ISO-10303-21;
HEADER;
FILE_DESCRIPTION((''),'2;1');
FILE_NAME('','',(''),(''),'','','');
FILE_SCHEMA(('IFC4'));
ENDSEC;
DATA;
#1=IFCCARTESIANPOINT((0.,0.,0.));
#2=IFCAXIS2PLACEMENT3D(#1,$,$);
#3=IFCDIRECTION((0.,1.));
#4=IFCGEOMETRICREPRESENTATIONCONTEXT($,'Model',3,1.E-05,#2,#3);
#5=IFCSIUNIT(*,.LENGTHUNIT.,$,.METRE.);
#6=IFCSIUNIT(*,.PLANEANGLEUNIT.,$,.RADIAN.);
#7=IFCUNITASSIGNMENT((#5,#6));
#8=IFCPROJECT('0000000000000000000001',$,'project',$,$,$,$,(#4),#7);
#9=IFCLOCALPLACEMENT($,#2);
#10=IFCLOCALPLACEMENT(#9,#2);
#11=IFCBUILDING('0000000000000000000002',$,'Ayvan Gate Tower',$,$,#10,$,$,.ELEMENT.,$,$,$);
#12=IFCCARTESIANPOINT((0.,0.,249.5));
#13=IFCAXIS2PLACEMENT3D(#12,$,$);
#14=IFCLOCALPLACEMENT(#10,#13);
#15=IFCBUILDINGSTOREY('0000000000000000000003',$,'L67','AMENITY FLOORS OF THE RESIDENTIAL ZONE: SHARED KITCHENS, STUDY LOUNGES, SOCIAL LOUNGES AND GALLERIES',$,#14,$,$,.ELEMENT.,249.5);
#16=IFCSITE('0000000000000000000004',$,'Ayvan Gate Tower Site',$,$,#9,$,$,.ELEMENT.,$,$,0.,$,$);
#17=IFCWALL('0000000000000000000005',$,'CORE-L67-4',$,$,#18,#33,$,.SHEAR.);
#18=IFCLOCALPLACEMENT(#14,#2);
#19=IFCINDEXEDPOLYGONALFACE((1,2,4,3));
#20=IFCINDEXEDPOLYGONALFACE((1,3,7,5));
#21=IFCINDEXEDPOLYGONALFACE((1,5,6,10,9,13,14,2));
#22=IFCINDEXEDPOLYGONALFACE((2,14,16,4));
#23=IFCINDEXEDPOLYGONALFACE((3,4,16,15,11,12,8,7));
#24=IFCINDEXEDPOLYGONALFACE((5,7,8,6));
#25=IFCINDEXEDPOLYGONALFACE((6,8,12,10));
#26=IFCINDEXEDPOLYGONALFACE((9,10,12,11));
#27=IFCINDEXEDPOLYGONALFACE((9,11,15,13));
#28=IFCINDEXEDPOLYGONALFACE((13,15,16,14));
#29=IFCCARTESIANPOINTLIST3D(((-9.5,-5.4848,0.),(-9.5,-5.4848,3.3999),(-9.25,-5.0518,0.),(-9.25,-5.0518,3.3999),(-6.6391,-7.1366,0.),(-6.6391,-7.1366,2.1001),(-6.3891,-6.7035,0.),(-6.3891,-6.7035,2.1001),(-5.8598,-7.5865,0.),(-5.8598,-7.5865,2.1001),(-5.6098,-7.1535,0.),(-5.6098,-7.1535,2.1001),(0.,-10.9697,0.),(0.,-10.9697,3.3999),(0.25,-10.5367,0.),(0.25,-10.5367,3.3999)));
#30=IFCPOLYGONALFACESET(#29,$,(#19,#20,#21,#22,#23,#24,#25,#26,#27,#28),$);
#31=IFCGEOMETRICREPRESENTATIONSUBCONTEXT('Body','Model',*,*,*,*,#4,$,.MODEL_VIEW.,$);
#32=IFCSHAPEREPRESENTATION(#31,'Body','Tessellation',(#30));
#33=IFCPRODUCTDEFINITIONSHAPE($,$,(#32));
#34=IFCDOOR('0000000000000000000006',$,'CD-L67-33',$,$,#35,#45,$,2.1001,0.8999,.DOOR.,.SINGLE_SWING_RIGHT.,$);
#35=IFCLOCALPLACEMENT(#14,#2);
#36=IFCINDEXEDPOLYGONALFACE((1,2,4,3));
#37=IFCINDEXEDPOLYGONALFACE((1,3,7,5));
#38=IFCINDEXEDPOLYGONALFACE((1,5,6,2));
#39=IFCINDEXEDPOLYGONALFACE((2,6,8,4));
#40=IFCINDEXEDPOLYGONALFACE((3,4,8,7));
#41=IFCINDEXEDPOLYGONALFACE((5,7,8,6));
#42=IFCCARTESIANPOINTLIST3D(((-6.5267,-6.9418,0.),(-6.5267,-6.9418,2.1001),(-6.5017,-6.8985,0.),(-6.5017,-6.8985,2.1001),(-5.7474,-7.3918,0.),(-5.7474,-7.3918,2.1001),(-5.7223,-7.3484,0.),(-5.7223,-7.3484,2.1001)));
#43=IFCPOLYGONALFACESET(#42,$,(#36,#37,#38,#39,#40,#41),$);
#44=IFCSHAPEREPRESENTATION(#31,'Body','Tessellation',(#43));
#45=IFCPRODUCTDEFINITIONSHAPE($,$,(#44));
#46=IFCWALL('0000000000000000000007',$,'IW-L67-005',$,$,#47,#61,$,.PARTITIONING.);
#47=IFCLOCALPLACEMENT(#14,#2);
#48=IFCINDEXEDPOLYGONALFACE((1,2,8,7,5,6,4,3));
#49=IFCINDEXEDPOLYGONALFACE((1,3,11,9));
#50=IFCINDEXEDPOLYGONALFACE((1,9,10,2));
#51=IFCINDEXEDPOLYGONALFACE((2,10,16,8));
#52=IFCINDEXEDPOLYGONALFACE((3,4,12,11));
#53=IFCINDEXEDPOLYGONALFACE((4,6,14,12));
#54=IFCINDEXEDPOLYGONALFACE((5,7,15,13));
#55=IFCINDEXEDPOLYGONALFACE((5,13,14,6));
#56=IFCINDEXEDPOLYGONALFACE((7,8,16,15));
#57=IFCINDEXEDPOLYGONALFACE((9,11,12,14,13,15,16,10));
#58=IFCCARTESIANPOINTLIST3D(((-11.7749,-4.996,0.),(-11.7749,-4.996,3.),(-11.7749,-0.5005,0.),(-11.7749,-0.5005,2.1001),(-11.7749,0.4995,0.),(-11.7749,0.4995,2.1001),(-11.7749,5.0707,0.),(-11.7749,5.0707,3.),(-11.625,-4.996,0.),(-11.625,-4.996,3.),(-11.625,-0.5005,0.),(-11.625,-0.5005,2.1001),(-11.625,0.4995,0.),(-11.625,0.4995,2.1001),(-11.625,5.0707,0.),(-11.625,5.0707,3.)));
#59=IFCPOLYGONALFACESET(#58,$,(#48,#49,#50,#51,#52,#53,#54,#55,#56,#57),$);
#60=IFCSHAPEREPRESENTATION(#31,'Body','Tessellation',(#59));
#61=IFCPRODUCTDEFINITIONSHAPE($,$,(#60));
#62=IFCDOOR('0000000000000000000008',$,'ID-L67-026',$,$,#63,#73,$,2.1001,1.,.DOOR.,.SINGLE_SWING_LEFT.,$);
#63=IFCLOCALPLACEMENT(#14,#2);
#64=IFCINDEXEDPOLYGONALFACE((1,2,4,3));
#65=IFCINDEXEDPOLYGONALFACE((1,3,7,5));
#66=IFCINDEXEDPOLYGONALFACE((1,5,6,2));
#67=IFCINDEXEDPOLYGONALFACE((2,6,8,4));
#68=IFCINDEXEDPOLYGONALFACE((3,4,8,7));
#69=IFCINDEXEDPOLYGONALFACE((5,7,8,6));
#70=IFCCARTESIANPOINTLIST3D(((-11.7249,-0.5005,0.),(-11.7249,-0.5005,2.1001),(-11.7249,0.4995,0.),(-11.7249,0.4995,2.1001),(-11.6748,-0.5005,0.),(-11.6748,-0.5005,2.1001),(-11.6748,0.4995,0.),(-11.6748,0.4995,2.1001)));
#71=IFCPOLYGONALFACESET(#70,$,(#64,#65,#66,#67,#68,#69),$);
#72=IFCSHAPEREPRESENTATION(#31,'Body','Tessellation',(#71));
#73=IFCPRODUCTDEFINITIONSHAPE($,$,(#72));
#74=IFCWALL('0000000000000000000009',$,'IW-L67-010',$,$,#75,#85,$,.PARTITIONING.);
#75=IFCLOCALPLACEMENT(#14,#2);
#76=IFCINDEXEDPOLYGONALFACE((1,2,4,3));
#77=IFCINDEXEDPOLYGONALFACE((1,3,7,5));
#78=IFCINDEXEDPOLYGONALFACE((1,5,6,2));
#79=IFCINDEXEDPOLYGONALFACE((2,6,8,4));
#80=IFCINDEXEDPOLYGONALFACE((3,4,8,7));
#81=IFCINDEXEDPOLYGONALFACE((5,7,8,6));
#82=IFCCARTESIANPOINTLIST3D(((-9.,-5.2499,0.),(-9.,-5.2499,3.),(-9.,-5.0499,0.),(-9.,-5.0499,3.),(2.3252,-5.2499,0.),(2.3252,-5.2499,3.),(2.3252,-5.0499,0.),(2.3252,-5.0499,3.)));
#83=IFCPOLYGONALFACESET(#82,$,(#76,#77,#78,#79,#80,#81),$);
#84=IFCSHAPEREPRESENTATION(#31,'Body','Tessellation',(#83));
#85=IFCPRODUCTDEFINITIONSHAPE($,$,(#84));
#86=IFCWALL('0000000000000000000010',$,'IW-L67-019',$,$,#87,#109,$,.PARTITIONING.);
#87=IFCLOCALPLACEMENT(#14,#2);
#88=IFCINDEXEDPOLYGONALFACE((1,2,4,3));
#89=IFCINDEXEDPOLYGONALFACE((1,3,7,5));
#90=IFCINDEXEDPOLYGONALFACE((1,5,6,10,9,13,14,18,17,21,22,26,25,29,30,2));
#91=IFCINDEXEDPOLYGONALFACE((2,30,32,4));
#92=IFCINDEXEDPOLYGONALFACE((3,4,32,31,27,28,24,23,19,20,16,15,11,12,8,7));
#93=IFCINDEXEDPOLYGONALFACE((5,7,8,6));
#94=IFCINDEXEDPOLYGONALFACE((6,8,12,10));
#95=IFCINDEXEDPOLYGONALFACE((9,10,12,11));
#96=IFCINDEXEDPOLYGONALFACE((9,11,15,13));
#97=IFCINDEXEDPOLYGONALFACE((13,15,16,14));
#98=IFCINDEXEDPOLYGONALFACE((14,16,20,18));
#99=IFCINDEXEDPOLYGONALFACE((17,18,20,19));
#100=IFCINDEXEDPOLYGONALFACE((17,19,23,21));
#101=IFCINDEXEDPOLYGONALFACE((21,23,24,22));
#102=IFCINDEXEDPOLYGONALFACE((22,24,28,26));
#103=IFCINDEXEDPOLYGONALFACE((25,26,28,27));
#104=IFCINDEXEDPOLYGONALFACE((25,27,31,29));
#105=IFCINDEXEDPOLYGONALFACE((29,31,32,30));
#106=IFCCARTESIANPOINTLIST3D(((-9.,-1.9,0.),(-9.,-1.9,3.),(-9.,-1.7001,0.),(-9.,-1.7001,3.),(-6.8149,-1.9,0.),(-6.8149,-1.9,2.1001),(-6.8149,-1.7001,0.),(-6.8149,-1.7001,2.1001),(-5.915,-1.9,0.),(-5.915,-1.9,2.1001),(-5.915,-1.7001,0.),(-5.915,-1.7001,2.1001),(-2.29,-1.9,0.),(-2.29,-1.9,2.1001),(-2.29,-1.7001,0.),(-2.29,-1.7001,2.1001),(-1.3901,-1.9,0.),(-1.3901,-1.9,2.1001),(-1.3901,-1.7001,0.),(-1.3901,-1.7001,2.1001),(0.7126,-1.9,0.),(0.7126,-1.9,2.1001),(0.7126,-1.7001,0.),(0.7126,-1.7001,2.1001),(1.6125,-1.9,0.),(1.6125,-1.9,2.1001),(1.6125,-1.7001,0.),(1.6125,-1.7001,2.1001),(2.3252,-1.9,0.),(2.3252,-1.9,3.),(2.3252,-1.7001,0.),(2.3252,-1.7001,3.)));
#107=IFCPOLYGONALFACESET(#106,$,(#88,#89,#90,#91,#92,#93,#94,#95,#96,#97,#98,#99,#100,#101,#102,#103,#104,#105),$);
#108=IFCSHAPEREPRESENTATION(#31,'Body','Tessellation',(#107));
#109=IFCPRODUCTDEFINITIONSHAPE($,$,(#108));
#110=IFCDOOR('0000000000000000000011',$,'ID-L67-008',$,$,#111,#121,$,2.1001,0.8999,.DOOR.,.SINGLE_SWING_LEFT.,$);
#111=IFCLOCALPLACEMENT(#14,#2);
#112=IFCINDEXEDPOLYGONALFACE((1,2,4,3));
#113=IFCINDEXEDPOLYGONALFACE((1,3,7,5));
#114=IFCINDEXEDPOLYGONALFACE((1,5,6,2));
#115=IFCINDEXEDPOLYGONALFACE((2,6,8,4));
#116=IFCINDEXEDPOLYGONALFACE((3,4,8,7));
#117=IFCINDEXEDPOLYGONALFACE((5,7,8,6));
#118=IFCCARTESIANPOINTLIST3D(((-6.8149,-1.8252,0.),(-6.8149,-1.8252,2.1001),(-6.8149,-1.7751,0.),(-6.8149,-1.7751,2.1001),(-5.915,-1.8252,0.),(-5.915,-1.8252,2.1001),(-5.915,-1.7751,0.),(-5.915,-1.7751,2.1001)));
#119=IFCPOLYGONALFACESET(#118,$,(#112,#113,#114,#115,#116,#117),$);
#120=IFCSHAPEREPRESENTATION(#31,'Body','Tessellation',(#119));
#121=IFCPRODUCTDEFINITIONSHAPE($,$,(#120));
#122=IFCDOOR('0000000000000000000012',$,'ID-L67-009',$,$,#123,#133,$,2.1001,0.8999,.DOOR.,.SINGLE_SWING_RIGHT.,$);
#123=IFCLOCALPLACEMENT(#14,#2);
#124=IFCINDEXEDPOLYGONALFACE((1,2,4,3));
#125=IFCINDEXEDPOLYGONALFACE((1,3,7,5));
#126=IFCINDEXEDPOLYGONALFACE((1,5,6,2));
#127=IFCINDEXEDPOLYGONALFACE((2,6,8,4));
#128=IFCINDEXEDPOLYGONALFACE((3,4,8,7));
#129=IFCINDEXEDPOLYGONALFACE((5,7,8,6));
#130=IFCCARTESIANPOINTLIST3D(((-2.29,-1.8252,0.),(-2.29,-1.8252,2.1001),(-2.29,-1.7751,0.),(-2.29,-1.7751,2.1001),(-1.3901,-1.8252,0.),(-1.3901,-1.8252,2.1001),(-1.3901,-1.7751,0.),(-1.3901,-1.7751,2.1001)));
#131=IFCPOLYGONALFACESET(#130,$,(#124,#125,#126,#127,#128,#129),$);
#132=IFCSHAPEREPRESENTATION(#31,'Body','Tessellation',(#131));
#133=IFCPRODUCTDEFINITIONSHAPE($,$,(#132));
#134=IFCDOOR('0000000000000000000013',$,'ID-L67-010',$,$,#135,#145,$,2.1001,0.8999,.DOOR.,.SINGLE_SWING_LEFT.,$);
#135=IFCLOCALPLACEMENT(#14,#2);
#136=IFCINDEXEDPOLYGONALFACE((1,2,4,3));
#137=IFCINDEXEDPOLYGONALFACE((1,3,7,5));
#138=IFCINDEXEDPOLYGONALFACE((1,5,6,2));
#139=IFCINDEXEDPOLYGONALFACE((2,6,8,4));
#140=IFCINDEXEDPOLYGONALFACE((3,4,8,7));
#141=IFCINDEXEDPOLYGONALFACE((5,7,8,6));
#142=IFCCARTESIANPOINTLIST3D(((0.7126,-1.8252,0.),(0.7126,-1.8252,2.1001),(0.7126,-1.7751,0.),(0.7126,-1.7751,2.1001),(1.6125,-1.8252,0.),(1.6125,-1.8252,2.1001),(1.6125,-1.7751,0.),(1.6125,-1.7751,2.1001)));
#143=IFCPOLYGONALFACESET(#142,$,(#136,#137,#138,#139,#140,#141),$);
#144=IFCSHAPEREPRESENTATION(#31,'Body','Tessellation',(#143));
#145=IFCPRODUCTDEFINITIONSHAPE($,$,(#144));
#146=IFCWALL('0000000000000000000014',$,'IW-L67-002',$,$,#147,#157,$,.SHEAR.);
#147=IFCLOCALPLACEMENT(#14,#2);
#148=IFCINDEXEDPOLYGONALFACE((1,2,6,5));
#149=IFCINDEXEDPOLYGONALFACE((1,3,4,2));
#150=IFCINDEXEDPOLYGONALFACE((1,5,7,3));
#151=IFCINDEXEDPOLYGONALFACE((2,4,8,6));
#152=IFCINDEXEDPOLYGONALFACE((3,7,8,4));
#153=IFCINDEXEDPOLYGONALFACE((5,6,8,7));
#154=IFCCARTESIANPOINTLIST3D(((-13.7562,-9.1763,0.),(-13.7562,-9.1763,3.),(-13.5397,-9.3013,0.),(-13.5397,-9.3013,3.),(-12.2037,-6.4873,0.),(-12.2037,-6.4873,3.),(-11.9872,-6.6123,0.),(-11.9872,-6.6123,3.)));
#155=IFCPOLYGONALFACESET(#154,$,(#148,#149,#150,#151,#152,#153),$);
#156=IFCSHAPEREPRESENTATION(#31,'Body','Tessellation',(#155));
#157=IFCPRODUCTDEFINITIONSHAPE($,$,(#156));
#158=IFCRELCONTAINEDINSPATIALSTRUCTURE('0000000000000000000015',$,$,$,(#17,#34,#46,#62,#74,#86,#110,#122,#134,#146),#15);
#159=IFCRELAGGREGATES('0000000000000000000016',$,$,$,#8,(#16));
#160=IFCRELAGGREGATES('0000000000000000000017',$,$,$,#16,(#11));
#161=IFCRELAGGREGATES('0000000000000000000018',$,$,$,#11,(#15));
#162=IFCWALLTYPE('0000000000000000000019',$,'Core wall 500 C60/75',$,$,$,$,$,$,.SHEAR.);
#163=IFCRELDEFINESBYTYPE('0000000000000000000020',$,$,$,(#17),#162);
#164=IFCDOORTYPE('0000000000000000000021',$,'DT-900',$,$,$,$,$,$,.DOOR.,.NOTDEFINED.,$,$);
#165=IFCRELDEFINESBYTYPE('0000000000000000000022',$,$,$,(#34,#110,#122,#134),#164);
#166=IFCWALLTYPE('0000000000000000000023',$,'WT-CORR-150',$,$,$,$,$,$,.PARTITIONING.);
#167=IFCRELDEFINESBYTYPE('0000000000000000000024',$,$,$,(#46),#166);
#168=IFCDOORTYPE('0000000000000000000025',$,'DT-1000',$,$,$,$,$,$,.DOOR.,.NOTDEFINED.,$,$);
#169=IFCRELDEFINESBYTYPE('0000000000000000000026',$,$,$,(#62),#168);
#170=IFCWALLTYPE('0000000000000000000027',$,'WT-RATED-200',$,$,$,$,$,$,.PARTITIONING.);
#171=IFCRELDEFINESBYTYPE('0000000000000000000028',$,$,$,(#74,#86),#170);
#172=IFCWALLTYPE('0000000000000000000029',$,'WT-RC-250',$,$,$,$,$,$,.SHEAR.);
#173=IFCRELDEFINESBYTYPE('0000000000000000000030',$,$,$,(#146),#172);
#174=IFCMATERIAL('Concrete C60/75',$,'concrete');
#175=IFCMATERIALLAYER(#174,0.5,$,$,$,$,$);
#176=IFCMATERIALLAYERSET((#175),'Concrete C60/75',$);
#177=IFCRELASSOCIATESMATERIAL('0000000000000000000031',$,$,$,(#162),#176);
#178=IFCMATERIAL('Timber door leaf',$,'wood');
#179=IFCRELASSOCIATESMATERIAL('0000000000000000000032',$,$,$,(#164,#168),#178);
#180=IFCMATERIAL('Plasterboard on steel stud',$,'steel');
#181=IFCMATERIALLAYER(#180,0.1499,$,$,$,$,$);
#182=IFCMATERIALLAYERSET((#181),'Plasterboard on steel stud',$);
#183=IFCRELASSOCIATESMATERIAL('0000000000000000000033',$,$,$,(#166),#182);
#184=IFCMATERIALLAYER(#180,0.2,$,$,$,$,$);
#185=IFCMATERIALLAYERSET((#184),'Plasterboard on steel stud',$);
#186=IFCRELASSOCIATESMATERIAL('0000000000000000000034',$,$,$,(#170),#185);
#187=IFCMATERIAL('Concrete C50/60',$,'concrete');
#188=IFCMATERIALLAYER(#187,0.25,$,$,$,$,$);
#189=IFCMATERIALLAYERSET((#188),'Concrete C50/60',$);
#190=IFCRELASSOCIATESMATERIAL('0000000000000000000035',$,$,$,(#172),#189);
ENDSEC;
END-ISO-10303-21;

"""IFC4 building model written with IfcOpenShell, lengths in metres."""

from ifc_helpers import new_model, si_unit, direction, frame, frame_2d, origin, place, context, subcontext, project, spatial, rectangle, extrude, material, layer, layer_set, type_object, element, fill, save


model = new_model("IFC4")

# Units and contexts
model_context = context("Model", 3, precision=1e-05, world=origin(), true_north=direction((0.0, 1.0)))
body_context = subcontext(model_context, "Body", "Model", "MODEL_VIEW")
ifc_project = project(units=[si_unit("LENGTHUNIT", "METRE"), si_unit("PLANEANGLEUNIT", "RADIAN")], contexts=[model_context])

# Site, building, storey
site_placement = place(None, origin())
site = spatial("IfcSite", under=ifc_project, at=site_placement, Name="Ayvan Gate Tower Site", CompositionType="ELEMENT", RefElevation=0.0)
building_placement = place(site_placement, origin())
building = spatial("IfcBuilding", under=site, at=building_placement, Name="Ayvan Gate Tower", CompositionType="ELEMENT")
storey_placement = place(building_placement, frame((0.0, 0.0, 249.5)))
storey = spatial("IfcBuildingStorey", under=building, at=storey_placement, Name="L67", Description="AMENITY FLOORS OF THE RESIDENTIAL ZONE: SHARED KITCHENS, STUDY LOUNGES, SOCIAL LOUNGES AND GALLERIES", CompositionType="ELEMENT", Elevation=249.5)

# Walls, openings, doors
ifc_material_1 = material(Name="Concrete C60/75", Category="concrete")
ifc_layer_1 = layer(ifc_material_1, 0.5)
ifc_layer_set_1 = layer_set([ifc_layer_1], Name="Concrete C60/75")
wall_type_1 = type_object("IfcWallType", Name="Core wall 500 C60/75", PredefinedType="SHEAR", material=ifc_layer_set_1)
wall_1_placement = place(storey_placement, frame((-9.375, -5.2683, 0.0), z_axis=(0.0, 0.0, 1.0), x_axis=(0.866024, -0.500002, 0.0)))
wall_1 = element("IfcWall", 1, at=wall_1_placement, inside=storey, type_object=wall_type_1, Name="CORE-L67-4", PredefinedType="SHEAR", context=body_context, shape_type="SweptSolid", body=[
    extrude(rectangle(XDim=10.9697, YDim=0.5, at=frame_2d((5.4849, 0.0))), origin(), (0.0, 0.0, 1.0), 3.3999),
])
opening_1_placement = place(wall_1_placement, frame((3.3035, 0.0, 0.0)))
opening_1 = element("IfcOpeningElement", 2, at=opening_1_placement, cuts=wall_1, PredefinedType="OPENING", context=body_context, shape_type="SweptSolid", body=[
    extrude(rectangle(XDim=0.8999, YDim=2.1001, at=frame_2d((0.45, 1.05))), frame((0.0, 0.26, 0.0), z_axis=(0.0, -1.0, 0.0), x_axis=(1.0, 0.0, 0.0)), (0.0, 0.0, 1.0), 0.52),
])
ifc_material_2 = material(Name="Timber door leaf", Category="wood")
door_type_1 = type_object("IfcDoorType", Name="DT-900", OperationType="NOTDEFINED", PredefinedType="DOOR", material=ifc_material_2)
door_1_placement = place(opening_1_placement, origin())
door_1 = element("IfcDoor", 3, at=door_1_placement, inside=storey, type_object=door_type_1, Name="CD-L67-33", OperationType="SINGLE_SWING_RIGHT", OverallHeight=2.1001, OverallWidth=0.8999, PredefinedType="DOOR", context=body_context, shape_type="SweptSolid", body=[
    extrude(rectangle(XDim=0.8999, YDim=2.1001, at=frame_2d((0.45, 1.05))), frame((0.0, 0.0249, 0.0), z_axis=(0.0, -1.0, 0.0), x_axis=(1.0, 0.0, 0.0)), (0.0, 0.0, 1.0), 0.05),
])
fill(opening_1, door_1)
ifc_material_3 = material(Name="Plasterboard on steel stud", Category="steel")
ifc_layer_2 = layer(ifc_material_3, 0.1499)
ifc_layer_set_2 = layer_set([ifc_layer_2], Name="Plasterboard on steel stud")
wall_type_2 = type_object("IfcWallType", Name="WT-CORR-150", PredefinedType="PARTITIONING", material=ifc_layer_set_2)
wall_2_placement = place(storey_placement, frame((-11.7, -4.9958, 0.0), z_axis=(0.0, 0.0, 1.0), x_axis=(0.0, 1.0, 0.0)))
wall_2 = element("IfcWall", 4, at=wall_2_placement, inside=storey, type_object=wall_type_2, Name="IW-L67-005", PredefinedType="PARTITIONING", context=body_context, shape_type="SweptSolid", body=[
    extrude(rectangle(XDim=10.0667, YDim=0.1499, at=frame_2d((5.0332, 0.0))), origin(), (0.0, 0.0, 1.0), 3.0),
])
opening_2_placement = place(wall_2_placement, frame((4.4954, 0.0, 0.0)))
opening_2 = element("IfcOpeningElement", 5, at=opening_2_placement, cuts=wall_2, PredefinedType="OPENING", context=body_context, shape_type="SweptSolid", body=[
    extrude(rectangle(XDim=1.0, YDim=2.1001, at=frame_2d((0.5, 1.05))), frame((0.0, 0.085, 0.0), z_axis=(0.0, -1.0, 0.0), x_axis=(1.0, 0.0, 0.0)), (0.0, 0.0, 1.0), 0.1699),
])
door_type_2 = type_object("IfcDoorType", Name="DT-1000", OperationType="NOTDEFINED", PredefinedType="DOOR", material=ifc_material_2)
door_2_placement = place(opening_2_placement, origin())
door_2 = element("IfcDoor", 6, at=door_2_placement, inside=storey, type_object=door_type_2, Name="ID-L67-026", OperationType="SINGLE_SWING_LEFT", OverallHeight=2.1001, OverallWidth=1.0, PredefinedType="DOOR", context=body_context, shape_type="SweptSolid", body=[
    extrude(rectangle(XDim=1.0, YDim=2.1001, at=frame_2d((0.5, 1.05))), frame((0.0, 0.0249, 0.0), z_axis=(0.0, -1.0, 0.0), x_axis=(1.0, 0.0, 0.0)), (0.0, 0.0, 1.0), 0.05),
])
fill(opening_2, door_2)

# Wall
ifc_layer_3 = layer(ifc_material_3, 0.2)
ifc_layer_set_3 = layer_set([ifc_layer_3], Name="Plasterboard on steel stud")
wall_type_3 = type_object("IfcWallType", Name="WT-RATED-200", PredefinedType="PARTITIONING", material=ifc_layer_set_3)
wall_3_placement = place(storey_placement, frame((-9.0, -5.1499, 0.0), z_axis=(0.0, 0.0, 1.0), x_axis=(1.0, 0.0, 0.0)))
element("IfcWall", 7, at=wall_3_placement, inside=storey, type_object=wall_type_3, Name="IW-L67-010", PredefinedType="PARTITIONING", context=body_context, shape_type="SweptSolid", body=[
    extrude(rectangle(XDim=11.3252, YDim=0.2, at=frame_2d((5.6626, 0.0))), origin(), (0.0, 0.0, 1.0), 3.0),
])

# Wall, openings, doors
wall_4_placement = place(storey_placement, frame((-9.0, -1.8, 0.0), z_axis=(0.0, 0.0, 1.0), x_axis=(1.0, 0.0, 0.0)))
wall_4 = element("IfcWall", 8, at=wall_4_placement, inside=storey, type_object=wall_type_3, Name="IW-L67-019", PredefinedType="PARTITIONING", context=body_context, shape_type="SweptSolid", body=[
    extrude(rectangle(XDim=11.3252, YDim=0.2, at=frame_2d((5.6626, 0.0))), origin(), (0.0, 0.0, 1.0), 3.0),
])
opening_3_placement = place(wall_4_placement, frame((2.1851, 0.0, 0.0)))
opening_3 = element("IfcOpeningElement", 9, at=opening_3_placement, cuts=wall_4, PredefinedType="OPENING", context=body_context, shape_type="SweptSolid", body=[
    extrude(rectangle(XDim=0.8999, YDim=2.1001, at=frame_2d((0.45, 1.05))), frame((0.0, 0.1099, 0.0), z_axis=(0.0, -1.0, 0.0), x_axis=(1.0, 0.0, 0.0)), (0.0, 0.0, 1.0), 0.22),
])
opening_4_placement = place(wall_4_placement, frame((6.71, 0.0, 0.0)))
opening_4 = element("IfcOpeningElement", 10, at=opening_4_placement, cuts=wall_4, PredefinedType="OPENING", context=body_context, shape_type="SweptSolid", body=[
    extrude(rectangle(XDim=0.8999, YDim=2.1001, at=frame_2d((0.45, 1.05))), frame((0.0, 0.1099, 0.0), z_axis=(0.0, -1.0, 0.0), x_axis=(1.0, 0.0, 0.0)), (0.0, 0.0, 1.0), 0.22),
])
opening_5_placement = place(wall_4_placement, frame((9.7126, 0.0, 0.0)))
opening_5 = element("IfcOpeningElement", 11, at=opening_5_placement, cuts=wall_4, PredefinedType="OPENING", context=body_context, shape_type="SweptSolid", body=[
    extrude(rectangle(XDim=0.8999, YDim=2.1001, at=frame_2d((0.45, 1.05))), frame((0.0, 0.1099, 0.0), z_axis=(0.0, -1.0, 0.0), x_axis=(1.0, 0.0, 0.0)), (0.0, 0.0, 1.0), 0.22),
])
door_3_placement = place(opening_3_placement, origin())
door_3 = element("IfcDoor", 12, at=door_3_placement, inside=storey, type_object=door_type_1, Name="ID-L67-008", OperationType="SINGLE_SWING_LEFT", OverallHeight=2.1001, OverallWidth=0.8999, PredefinedType="DOOR", context=body_context, shape_type="SweptSolid", body=[
    extrude(rectangle(XDim=0.8999, YDim=2.1001, at=frame_2d((0.45, 1.05))), frame((0.0, 0.0249, 0.0), z_axis=(0.0, -1.0, 0.0), x_axis=(1.0, 0.0, 0.0)), (0.0, 0.0, 1.0), 0.05),
])
fill(opening_3, door_3)
door_4_placement = place(opening_4_placement, origin())
door_4 = element("IfcDoor", 13, at=door_4_placement, inside=storey, type_object=door_type_1, Name="ID-L67-009", OperationType="SINGLE_SWING_RIGHT", OverallHeight=2.1001, OverallWidth=0.8999, PredefinedType="DOOR", context=body_context, shape_type="SweptSolid", body=[
    extrude(rectangle(XDim=0.8999, YDim=2.1001, at=frame_2d((0.45, 1.05))), frame((0.0, 0.0249, 0.0), z_axis=(0.0, -1.0, 0.0), x_axis=(1.0, 0.0, 0.0)), (0.0, 0.0, 1.0), 0.05),
])
fill(opening_4, door_4)
door_5_placement = place(opening_5_placement, origin())
door_5 = element("IfcDoor", 14, at=door_5_placement, inside=storey, type_object=door_type_1, Name="ID-L67-010", OperationType="SINGLE_SWING_LEFT", OverallHeight=2.1001, OverallWidth=0.8999, PredefinedType="DOOR", context=body_context, shape_type="SweptSolid", body=[
    extrude(rectangle(XDim=0.8999, YDim=2.1001, at=frame_2d((0.45, 1.05))), frame((0.0, 0.0249, 0.0), z_axis=(0.0, -1.0, 0.0), x_axis=(1.0, 0.0, 0.0)), (0.0, 0.0, 1.0), 0.05),
])
fill(opening_5, door_5)

# Wall
ifc_material_4 = material(Name="Concrete C50/60", Category="concrete")
ifc_layer_4 = layer(ifc_material_4, 0.25)
ifc_layer_set_4 = layer_set([ifc_layer_4], Name="Concrete C50/60")
wall_type_4 = type_object("IfcWallType", Name="WT-RC-250", PredefinedType="SHEAR", material=ifc_layer_set_4)
wall_5_placement = place(storey_placement, frame((-13.6479, -9.2388, 0.0), z_axis=(0.0, 0.0, 1.0), x_axis=(0.500004, 0.866023, 0.0)))
element("IfcWall", 15, at=wall_5_placement, inside=storey, type_object=wall_type_4, Name="IW-L67-002", PredefinedType="SHEAR", context=body_context, shape_type="SweptSolid", body=[
    extrude(rectangle(XDim=3.105, YDim=0.25, at=frame_2d((1.5525, 0.0))), origin(), (0.0, 0.0, 1.0), 3.0),
])

save(model, "model.ifc")
